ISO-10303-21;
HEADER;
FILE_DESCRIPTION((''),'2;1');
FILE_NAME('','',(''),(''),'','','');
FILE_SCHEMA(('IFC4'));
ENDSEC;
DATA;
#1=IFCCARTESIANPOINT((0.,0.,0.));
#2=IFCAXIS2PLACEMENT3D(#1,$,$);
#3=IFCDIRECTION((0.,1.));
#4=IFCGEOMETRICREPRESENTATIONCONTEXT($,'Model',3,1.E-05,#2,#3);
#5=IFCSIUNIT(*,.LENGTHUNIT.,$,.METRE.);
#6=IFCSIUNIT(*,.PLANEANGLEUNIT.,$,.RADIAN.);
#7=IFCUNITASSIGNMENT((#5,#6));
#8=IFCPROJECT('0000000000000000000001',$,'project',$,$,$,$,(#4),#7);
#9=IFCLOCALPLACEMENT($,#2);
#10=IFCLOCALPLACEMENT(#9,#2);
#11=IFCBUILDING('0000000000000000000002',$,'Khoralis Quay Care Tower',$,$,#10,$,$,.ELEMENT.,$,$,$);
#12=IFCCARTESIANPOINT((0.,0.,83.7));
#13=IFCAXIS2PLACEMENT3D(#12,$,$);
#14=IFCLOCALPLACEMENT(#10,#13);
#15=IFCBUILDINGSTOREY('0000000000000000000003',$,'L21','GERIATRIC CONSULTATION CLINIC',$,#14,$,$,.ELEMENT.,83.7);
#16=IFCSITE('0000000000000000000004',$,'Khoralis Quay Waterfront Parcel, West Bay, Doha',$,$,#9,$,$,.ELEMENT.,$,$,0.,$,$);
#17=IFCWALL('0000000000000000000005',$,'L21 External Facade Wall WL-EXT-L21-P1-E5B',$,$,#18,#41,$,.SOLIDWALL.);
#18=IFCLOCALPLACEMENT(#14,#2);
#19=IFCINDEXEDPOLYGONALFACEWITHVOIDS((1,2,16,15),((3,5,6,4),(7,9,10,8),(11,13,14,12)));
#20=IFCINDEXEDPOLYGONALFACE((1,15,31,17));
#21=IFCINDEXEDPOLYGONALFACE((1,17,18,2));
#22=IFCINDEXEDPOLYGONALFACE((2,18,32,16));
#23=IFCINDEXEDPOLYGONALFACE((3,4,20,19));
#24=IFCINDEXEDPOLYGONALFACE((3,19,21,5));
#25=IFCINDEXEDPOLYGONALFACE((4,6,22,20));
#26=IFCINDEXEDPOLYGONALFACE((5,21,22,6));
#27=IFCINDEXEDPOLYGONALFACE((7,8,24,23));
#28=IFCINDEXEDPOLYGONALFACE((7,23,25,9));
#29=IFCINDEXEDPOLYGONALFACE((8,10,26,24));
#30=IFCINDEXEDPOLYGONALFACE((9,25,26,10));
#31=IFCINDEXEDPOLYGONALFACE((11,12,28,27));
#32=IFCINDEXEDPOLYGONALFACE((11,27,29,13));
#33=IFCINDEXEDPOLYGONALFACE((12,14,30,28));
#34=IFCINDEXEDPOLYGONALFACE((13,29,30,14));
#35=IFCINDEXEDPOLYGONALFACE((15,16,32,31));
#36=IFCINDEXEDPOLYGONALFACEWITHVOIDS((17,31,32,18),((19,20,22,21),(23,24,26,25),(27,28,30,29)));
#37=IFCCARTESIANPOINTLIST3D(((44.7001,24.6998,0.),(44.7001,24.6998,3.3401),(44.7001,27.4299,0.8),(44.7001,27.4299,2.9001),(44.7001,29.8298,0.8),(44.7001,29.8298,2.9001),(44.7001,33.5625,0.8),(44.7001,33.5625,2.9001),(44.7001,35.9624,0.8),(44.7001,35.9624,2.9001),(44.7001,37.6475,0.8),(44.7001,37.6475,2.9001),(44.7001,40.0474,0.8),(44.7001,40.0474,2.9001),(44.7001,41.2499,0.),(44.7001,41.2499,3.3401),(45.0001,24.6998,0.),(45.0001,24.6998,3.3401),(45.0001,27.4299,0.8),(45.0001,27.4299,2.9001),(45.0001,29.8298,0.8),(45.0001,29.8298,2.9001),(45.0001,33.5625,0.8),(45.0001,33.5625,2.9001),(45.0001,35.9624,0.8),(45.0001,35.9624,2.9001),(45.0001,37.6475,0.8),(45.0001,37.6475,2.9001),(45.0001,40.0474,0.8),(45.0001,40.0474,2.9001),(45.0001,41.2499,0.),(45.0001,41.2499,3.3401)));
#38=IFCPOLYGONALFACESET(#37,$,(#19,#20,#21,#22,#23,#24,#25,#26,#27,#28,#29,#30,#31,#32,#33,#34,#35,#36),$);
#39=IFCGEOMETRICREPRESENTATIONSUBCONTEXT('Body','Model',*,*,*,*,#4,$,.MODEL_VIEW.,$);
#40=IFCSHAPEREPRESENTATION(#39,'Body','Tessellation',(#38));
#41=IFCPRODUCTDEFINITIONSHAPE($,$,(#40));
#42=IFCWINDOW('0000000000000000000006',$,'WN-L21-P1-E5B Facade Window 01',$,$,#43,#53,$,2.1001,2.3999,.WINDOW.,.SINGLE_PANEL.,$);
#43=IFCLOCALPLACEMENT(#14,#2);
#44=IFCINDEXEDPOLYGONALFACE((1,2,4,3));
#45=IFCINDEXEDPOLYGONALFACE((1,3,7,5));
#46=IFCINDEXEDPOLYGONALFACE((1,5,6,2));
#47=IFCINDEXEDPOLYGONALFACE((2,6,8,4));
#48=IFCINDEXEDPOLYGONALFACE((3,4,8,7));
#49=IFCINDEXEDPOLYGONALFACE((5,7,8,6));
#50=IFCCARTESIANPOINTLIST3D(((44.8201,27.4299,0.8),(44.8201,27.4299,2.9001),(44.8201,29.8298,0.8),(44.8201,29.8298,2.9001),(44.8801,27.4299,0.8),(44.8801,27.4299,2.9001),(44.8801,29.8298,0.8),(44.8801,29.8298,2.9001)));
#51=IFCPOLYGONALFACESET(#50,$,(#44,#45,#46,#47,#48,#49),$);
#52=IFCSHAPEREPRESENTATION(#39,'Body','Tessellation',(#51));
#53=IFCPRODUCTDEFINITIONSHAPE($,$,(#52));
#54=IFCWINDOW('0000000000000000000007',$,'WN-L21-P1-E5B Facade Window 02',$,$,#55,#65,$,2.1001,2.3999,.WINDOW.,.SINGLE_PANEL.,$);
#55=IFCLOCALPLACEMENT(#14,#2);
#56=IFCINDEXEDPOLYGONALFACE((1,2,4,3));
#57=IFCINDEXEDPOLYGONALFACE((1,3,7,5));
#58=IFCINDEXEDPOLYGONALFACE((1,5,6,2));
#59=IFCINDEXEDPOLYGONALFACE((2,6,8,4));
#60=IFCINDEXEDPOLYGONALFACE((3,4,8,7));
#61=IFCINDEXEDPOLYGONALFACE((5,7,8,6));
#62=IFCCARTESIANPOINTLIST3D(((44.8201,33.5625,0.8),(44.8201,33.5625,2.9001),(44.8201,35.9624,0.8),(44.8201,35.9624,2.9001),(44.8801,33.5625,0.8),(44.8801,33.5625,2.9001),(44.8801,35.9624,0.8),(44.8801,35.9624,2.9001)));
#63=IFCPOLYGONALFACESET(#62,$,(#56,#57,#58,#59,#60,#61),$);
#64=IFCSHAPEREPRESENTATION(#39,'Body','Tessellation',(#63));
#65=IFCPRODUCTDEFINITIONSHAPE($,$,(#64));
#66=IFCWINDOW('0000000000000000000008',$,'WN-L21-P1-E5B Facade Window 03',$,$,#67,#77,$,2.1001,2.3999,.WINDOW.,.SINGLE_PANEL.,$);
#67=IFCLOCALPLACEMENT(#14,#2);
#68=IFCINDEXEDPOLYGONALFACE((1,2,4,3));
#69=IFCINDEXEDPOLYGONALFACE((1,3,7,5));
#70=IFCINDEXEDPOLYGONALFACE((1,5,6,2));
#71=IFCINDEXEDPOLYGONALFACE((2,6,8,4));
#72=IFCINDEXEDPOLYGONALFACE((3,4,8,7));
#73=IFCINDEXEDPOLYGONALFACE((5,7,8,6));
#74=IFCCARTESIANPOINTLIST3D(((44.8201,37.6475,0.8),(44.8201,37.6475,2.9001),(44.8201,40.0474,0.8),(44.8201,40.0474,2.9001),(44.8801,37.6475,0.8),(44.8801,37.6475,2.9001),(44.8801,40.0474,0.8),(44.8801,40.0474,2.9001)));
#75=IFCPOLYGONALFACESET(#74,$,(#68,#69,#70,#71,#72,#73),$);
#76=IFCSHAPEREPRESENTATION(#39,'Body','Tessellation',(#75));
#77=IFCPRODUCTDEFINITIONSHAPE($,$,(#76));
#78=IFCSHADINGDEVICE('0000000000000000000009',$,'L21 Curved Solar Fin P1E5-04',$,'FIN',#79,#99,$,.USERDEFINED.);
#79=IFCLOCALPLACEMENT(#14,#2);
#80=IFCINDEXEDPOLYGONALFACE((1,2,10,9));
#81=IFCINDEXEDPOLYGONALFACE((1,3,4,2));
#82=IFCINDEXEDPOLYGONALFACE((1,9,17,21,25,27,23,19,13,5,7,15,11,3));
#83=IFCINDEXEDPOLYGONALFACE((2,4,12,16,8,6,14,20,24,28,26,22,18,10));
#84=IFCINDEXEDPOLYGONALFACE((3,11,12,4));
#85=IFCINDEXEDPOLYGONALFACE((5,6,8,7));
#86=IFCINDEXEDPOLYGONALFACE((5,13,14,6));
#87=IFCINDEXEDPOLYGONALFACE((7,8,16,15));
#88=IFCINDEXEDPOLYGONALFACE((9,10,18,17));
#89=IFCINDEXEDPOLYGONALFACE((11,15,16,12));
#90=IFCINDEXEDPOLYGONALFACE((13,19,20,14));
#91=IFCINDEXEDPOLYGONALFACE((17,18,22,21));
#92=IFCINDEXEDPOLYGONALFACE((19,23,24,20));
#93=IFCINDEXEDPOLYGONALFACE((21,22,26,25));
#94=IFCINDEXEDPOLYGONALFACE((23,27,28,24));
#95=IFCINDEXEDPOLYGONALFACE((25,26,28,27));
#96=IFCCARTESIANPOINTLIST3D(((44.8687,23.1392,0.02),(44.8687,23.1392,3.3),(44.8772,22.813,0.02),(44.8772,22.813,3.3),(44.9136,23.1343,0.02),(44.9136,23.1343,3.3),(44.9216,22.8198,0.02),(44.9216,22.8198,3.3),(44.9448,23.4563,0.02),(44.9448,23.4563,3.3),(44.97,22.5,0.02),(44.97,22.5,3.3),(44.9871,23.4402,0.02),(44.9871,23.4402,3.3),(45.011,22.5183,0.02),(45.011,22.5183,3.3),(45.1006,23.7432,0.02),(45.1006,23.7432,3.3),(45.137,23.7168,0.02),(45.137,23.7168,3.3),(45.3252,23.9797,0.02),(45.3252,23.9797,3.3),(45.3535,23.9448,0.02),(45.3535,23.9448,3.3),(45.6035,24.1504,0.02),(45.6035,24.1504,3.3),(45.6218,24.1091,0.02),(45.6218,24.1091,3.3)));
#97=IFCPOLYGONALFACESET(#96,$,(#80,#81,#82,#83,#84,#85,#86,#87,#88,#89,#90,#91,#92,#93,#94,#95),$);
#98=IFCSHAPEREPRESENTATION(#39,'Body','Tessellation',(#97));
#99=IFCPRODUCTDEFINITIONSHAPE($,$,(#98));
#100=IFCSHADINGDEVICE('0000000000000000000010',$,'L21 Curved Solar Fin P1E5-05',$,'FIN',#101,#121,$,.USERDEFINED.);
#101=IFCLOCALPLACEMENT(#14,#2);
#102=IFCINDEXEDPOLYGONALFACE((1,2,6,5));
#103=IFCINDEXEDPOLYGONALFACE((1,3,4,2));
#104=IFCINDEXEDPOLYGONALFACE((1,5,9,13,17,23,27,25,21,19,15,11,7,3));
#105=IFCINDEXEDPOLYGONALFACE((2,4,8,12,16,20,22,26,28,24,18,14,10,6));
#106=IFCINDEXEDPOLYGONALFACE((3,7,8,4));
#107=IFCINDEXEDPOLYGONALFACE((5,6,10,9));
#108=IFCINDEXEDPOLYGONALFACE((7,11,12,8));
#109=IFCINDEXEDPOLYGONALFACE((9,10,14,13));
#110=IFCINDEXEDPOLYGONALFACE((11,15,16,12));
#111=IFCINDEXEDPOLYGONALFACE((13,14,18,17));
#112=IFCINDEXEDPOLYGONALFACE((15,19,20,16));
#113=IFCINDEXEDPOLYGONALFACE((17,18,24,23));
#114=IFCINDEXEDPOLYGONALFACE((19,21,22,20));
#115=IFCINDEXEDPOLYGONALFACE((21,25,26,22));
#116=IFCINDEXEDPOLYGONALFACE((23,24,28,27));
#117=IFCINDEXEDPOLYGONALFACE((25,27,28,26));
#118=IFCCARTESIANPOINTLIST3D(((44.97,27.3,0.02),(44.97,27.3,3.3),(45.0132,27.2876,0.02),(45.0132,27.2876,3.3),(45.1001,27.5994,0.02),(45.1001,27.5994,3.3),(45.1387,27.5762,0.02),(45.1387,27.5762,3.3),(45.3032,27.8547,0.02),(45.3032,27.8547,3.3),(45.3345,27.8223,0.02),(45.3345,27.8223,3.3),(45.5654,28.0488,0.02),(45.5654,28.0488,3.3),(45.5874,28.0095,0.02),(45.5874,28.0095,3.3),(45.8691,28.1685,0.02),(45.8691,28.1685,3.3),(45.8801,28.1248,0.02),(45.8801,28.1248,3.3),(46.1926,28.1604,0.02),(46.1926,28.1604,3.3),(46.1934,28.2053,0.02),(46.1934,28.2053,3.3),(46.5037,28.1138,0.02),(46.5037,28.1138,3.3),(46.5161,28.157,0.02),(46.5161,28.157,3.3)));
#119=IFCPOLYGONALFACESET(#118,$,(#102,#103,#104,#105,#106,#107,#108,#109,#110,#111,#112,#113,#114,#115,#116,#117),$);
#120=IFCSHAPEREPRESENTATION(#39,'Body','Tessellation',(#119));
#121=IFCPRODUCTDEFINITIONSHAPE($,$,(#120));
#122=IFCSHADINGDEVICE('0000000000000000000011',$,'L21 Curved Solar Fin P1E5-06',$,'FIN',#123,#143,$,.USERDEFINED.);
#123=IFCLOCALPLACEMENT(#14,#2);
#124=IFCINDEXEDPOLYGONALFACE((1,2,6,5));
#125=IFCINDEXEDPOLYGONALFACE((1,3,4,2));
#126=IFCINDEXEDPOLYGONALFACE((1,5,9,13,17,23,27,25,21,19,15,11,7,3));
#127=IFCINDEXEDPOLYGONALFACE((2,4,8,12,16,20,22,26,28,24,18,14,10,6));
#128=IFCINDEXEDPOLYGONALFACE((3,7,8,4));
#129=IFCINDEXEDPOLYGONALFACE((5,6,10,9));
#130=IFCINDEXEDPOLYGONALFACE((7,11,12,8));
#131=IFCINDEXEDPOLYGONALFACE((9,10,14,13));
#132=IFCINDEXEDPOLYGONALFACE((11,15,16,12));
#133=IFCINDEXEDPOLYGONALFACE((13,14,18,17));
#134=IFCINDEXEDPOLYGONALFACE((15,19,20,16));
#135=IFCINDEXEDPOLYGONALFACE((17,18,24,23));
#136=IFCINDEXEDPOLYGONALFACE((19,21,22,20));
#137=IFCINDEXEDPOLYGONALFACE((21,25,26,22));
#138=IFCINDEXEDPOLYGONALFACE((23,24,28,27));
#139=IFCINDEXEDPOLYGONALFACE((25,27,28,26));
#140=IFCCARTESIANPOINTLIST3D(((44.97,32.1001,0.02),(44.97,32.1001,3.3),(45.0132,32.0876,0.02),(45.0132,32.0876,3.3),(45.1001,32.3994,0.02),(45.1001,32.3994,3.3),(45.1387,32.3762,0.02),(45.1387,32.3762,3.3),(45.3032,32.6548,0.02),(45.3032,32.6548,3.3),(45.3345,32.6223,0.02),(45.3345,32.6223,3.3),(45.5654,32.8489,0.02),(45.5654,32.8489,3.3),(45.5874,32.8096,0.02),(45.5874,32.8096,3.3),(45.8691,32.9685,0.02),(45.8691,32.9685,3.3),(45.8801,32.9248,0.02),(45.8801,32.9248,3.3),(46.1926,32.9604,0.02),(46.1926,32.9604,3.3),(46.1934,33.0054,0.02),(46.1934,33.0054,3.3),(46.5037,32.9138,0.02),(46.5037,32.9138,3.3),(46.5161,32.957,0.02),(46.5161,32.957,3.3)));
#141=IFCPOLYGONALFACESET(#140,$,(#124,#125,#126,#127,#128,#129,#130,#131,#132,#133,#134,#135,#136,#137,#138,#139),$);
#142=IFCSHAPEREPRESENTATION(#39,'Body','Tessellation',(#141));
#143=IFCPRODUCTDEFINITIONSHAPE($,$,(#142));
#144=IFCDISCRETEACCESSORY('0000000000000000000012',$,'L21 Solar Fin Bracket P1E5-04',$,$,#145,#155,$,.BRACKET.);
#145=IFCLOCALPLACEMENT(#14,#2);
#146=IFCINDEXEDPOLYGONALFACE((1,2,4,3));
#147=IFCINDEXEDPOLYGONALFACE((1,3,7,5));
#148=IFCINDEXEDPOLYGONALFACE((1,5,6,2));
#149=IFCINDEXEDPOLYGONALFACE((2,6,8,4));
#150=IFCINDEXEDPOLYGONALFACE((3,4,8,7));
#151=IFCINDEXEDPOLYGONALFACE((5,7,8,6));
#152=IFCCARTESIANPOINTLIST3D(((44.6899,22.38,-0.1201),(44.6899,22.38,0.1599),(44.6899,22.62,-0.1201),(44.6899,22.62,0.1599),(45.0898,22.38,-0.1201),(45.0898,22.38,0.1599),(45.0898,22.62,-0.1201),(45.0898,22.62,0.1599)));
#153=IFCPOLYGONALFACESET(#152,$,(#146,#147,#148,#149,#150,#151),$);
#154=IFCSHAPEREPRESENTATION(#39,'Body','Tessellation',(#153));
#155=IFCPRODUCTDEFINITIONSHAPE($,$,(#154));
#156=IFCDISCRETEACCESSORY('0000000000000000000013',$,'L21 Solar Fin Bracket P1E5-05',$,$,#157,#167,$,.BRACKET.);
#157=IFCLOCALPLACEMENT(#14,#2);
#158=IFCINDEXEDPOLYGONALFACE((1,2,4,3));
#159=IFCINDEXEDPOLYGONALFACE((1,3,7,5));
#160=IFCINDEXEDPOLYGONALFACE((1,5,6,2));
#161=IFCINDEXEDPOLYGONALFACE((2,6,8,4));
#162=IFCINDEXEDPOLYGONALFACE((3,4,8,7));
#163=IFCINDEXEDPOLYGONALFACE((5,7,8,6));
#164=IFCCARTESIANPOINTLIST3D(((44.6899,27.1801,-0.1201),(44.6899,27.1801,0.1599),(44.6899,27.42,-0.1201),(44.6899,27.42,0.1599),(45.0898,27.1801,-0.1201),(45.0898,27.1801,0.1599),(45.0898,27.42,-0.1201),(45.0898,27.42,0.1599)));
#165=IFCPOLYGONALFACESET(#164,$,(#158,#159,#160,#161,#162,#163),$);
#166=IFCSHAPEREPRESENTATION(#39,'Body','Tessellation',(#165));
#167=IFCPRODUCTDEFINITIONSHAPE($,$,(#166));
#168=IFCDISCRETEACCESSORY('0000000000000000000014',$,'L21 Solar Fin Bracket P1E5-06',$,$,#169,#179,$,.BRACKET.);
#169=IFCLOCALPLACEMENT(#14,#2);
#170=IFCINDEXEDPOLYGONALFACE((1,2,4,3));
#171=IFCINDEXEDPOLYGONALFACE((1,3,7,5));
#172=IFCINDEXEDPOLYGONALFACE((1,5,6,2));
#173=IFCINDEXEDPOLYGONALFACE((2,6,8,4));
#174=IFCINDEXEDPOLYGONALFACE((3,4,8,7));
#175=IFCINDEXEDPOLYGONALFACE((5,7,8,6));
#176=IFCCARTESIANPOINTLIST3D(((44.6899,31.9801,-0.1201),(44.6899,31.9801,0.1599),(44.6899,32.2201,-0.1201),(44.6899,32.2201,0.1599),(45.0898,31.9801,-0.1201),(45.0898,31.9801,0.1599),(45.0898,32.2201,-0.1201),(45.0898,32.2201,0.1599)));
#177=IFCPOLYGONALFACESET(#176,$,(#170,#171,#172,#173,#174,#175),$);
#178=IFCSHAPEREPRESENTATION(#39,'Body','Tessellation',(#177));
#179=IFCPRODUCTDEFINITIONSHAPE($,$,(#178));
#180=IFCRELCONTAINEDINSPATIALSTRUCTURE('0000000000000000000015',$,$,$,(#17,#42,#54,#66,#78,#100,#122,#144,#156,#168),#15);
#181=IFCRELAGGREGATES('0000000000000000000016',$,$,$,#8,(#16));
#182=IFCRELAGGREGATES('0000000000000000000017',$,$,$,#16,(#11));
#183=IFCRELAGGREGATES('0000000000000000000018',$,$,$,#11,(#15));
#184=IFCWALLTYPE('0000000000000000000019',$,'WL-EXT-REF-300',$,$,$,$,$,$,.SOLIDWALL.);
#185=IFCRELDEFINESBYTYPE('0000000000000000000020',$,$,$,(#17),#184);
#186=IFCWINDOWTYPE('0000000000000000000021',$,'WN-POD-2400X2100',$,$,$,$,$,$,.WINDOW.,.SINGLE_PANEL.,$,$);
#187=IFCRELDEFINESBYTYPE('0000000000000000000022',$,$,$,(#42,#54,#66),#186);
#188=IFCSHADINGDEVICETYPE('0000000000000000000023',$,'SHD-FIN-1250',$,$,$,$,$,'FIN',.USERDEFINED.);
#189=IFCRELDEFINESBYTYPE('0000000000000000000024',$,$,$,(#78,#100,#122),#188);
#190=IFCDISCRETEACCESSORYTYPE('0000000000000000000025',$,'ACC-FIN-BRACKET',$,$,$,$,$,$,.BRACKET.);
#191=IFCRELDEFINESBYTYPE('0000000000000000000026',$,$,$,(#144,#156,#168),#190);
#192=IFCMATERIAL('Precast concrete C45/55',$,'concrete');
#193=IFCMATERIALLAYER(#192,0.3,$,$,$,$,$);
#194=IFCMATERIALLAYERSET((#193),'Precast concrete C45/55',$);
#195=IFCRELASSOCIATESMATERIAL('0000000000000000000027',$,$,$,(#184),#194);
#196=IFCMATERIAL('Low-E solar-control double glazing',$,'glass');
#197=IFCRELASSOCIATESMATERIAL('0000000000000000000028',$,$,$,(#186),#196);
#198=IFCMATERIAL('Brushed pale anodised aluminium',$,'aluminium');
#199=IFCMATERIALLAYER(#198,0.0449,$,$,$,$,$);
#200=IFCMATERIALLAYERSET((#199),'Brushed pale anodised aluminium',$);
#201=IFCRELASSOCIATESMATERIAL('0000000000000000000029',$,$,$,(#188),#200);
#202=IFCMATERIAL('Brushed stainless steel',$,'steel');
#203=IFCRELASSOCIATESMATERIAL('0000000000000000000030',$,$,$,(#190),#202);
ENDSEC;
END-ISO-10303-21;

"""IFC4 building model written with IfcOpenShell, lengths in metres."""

from ifc_helpers import new_model, si_unit, direction, frame, frame_2d, origin, origin_2d, place, context, subcontext, project, spatial, polyline, rectangle, outline, extrude, source, transform, mapped, material, layer, layer_set, type_object, element, fill, save


model = new_model("IFC4")

# Units and contexts
model_context = context("Model", 3, precision=1e-05, world=origin(), true_north=direction((0.0, 1.0)))
body_context = subcontext(model_context, "Body", "Model", "MODEL_VIEW")
ifc_project = project(units=[si_unit("LENGTHUNIT", "METRE"), si_unit("PLANEANGLEUNIT", "RADIAN")], contexts=[model_context])

# Site, building, storey
site_placement = place(None, origin())
site = spatial("IfcSite", under=ifc_project, at=site_placement, Name="Khoralis Quay Waterfront Parcel, West Bay, Doha", CompositionType="ELEMENT", RefElevation=0.0)
building_placement = place(site_placement, origin())
building = spatial("IfcBuilding", under=site, at=building_placement, Name="Khoralis Quay Care Tower", CompositionType="ELEMENT")
storey_placement = place(building_placement, frame((0.0, 0.0, 83.7)))
storey = spatial("IfcBuildingStorey", under=building, at=storey_placement, Name="L21", Description="GERIATRIC CONSULTATION CLINIC", CompositionType="ELEMENT", Elevation=83.7)

# Shared definitions
ifc_material_1 = material(Name="Low-E solar-control double glazing", Category="glass")

# Wall, openings, windows
ifc_material_2 = material(Name="Precast concrete C45/55", Category="concrete")
ifc_layer_1 = layer(ifc_material_2, 0.3)
ifc_layer_set_1 = layer_set([ifc_layer_1], Name="Precast concrete C45/55")
wall_type = type_object("IfcWallType", Name="WL-EXT-REF-300", PredefinedType="SOLIDWALL", material=ifc_layer_set_1)
wall_placement = place(storey_placement, frame((44.8501, 24.7, 0.0), z_axis=(0.0, 0.0, 1.0), x_axis=(0.0, 1.0, 0.0)))
wall = element("IfcWall", 1, at=wall_placement, inside=storey, type_object=wall_type, Name="L21 External Facade Wall WL-EXT-L21-P1-E5B", PredefinedType="SOLIDWALL", context=body_context, shape_type="SweptSolid", body=[
    extrude(rectangle(XDim=16.55, YDim=0.3, at=frame_2d((8.2749, 0.0))), origin(), (0.0, 0.0, 1.0), 3.3401),
])
opening_1_placement = place(wall_placement, frame((2.73, 0.0, 0.8)))
opening_1 = element("IfcOpeningElement", 2, at=opening_1_placement, cuts=wall, PredefinedType="OPENING", context=body_context, shape_type="SweptSolid", body=[
    extrude(rectangle(XDim=2.3999, YDim=2.1001, at=frame_2d((1.2, 1.05))), frame((0.0, 0.1602, 0.0), z_axis=(0.0, -1.0, 0.0), x_axis=(1.0, 0.0, 0.0)), (0.0, 0.0, 1.0), 0.3201),
])
opening_2_placement = place(wall_placement, frame((8.8625, 0.0, 0.8)))
opening_2 = element("IfcOpeningElement", 3, at=opening_2_placement, cuts=wall, PredefinedType="OPENING", context=body_context, shape_type="SweptSolid", body=[
    extrude(rectangle(XDim=2.3999, YDim=2.1001, at=frame_2d((1.2, 1.05))), frame((0.0, 0.1602, 0.0), z_axis=(0.0, -1.0, 0.0), x_axis=(1.0, 0.0, 0.0)), (0.0, 0.0, 1.0), 0.3201),
])
opening_3_placement = place(wall_placement, frame((12.9475, 0.0, 0.8)))
opening_3 = element("IfcOpeningElement", 4, at=opening_3_placement, cuts=wall, PredefinedType="OPENING", context=body_context, shape_type="SweptSolid", body=[
    extrude(rectangle(XDim=2.3999, YDim=2.1001, at=frame_2d((1.2, 1.05))), frame((0.0, 0.1602, 0.0), z_axis=(0.0, -1.0, 0.0), x_axis=(1.0, 0.0, 0.0)), (0.0, 0.0, 1.0), 0.3201),
])
window_type = type_object("IfcWindowType", Name="WN-POD-2400X2100", PartitioningType="SINGLE_PANEL", PredefinedType="WINDOW", material=ifc_material_1)
shared_shape_1 = source(origin(), body_context, "Body", "SweptSolid", [
    extrude(rectangle(XDim=2.3999, YDim=2.1001, at=frame_2d((1.2, 1.05))), frame((0.0, 0.03, 0.0), z_axis=(0.0, -1.0, 0.0), x_axis=(1.0, 0.0, 0.0)), (0.0, 0.0, 1.0), 0.0601),
])
window_1_placement = place(opening_1_placement, origin())
window_1 = element("IfcWindow", 5, at=window_1_placement, inside=storey, type_object=window_type, Name="WN-L21-P1-E5B Facade Window 01", OverallHeight=2.1001, OverallWidth=2.3999, PartitioningType="SINGLE_PANEL", PredefinedType="WINDOW", context=body_context, shape_type="MappedRepresentation", body=[
    mapped(shared_shape_1, transform((0.0, 0.0, 0.0), scale=1.0)),
])
fill(opening_1, window_1)
window_2_placement = place(opening_2_placement, origin())
window_2 = element("IfcWindow", 6, at=window_2_placement, inside=storey, type_object=window_type, Name="WN-L21-P1-E5B Facade Window 02", OverallHeight=2.1001, OverallWidth=2.3999, PartitioningType="SINGLE_PANEL", PredefinedType="WINDOW", context=body_context, shape_type="MappedRepresentation", body=[
    mapped(shared_shape_1, transform((0.0, 0.0, 0.0), scale=1.0)),
])
fill(opening_2, window_2)
window_3_placement = place(opening_3_placement, origin())
window_3 = element("IfcWindow", 7, at=window_3_placement, inside=storey, type_object=window_type, Name="WN-L21-P1-E5B Facade Window 03", OverallHeight=2.1001, OverallWidth=2.3999, PartitioningType="SINGLE_PANEL", PredefinedType="WINDOW", context=body_context, shape_type="MappedRepresentation", body=[
    mapped(shared_shape_1, transform((0.0, 0.0, 0.0), scale=1.0)),
])
fill(opening_3, window_3)

# Shading devices
ifc_material_3 = material(Name="Brushed pale anodised aluminium", Category="aluminium")
ifc_layer_2 = layer(ifc_material_3, 0.0449)
ifc_layer_set_2 = layer_set([ifc_layer_2], Name="Brushed pale anodised aluminium")
shading_device_type = type_object("IfcShadingDeviceType", Name="SHD-FIN-1250", ElementType="FIN", PredefinedType="USERDEFINED", material=ifc_layer_set_2)
shared_shape_2 = source(origin(), body_context, "Body", "SweptSolid", [
    extrude(outline(polyline([(0.0, 0.0), (-0.0928, 0.313), (-0.1013, 0.6392), (-0.0251, 0.9563), (0.1306, 1.2432), (0.3552, 1.4797), (0.6335, 1.6504), (0.6519, 1.6091), (0.3835, 1.4448), (0.167, 1.2168), (0.0171, 0.9402), (-0.0564, 0.6343), (-0.0483, 0.3198), (0.041, 0.0183), (0.0, 0.0)])), origin(), (0.0, 0.0, 1.0), 3.28),
])
shading_device_placement = place(storey_placement, frame((44.97, 22.5, 0.02), z_axis=(0.0, 0.0, 1.0), x_axis=(1.0, 0.0, 0.0)))
element("IfcShadingDevice", 8, at=shading_device_placement, inside=storey, type_object=shading_device_type, Name="L21 Curved Solar Fin P1E5-04", ObjectType="FIN", PredefinedType="USERDEFINED", context=body_context, shape_type="MappedRepresentation", body=[
    mapped(shared_shape_2, transform((0.0, 0.0, 0.0), scale=1.0)),
])
shared_shape_3 = source(origin(), body_context, "Body", "SweptSolid", [
    extrude(outline(polyline([(0.0, 0.0), (0.1301, 0.2993), (0.3333, 0.5547), (0.5955, 0.7488), (0.8992, 0.8684), (1.2234, 0.9053), (1.5461, 0.8569), (1.5337, 0.8137), (1.2227, 0.8604), (0.9102, 0.8247), (0.6174, 0.7095), (0.3645, 0.5222), (0.1687, 0.2761), (0.0432, -0.0125), (0.0, 0.0)])), origin(), (0.0, 0.0, 1.0), 3.28),
])
for number, where, z_axis, x_axis, name in (
    (9, (44.97, 27.3, 0.02), (0.0, 0.0, 1.0), (1.0, 0.0, 0.0), "L21 Curved Solar Fin P1E5-05"),
    (10, (44.97, 32.1001, 0.02), (0.0, 0.0, 1.0), (1.0, 0.0, 0.0), "L21 Curved Solar Fin P1E5-06"),
):
    element("IfcShadingDevice", number, at=place(storey_placement, frame(where, z_axis=z_axis, x_axis=x_axis)), inside=storey, type_object=shading_device_type, Name=name, ObjectType="FIN", PredefinedType="USERDEFINED", context=body_context, shape_type="MappedRepresentation", body=[
        mapped(shared_shape_3, transform((0.0, 0.0, 0.0), scale=1.0)),
    ])

# Discrete accessories
ifc_material_4 = material(Name="Brushed stainless steel", Category="steel")
discrete_accessory_type = type_object("IfcDiscreteAccessoryType", Name="ACC-FIN-BRACKET", PredefinedType="BRACKET", material=ifc_material_4)
shared_shape_4 = source(origin(), body_context, "Body", "SweptSolid", [
    extrude(rectangle(XDim=0.3999, YDim=0.24, at=origin_2d()), origin(), (0.0, 0.0, 1.0), 0.28),
])
for number, where, z_axis, x_axis, name in (
    (11, (44.8899, 22.5, -0.1201), (0.0, 0.0, 1.0), (1.0, 0.0, 0.0), "L21 Solar Fin Bracket P1E5-04"),
    (12, (44.8899, 27.3, -0.1201), (0.0, 0.0, 1.0), (1.0, 0.0, 0.0), "L21 Solar Fin Bracket P1E5-05"),
    (13, (44.8899, 32.1001, -0.1201), (0.0, 0.0, 1.0), (1.0, 0.0, 0.0), "L21 Solar Fin Bracket P1E5-06"),
):
    element("IfcDiscreteAccessory", number, at=place(storey_placement, frame(where, z_axis=z_axis, x_axis=x_axis)), inside=storey, type_object=discrete_accessory_type, Name=name, PredefinedType="BRACKET", context=body_context, shape_type="MappedRepresentation", body=[
        mapped(shared_shape_4, transform((0.0, 0.0, 0.0), scale=1.0)),
    ])

save(model, "model.ifc")
